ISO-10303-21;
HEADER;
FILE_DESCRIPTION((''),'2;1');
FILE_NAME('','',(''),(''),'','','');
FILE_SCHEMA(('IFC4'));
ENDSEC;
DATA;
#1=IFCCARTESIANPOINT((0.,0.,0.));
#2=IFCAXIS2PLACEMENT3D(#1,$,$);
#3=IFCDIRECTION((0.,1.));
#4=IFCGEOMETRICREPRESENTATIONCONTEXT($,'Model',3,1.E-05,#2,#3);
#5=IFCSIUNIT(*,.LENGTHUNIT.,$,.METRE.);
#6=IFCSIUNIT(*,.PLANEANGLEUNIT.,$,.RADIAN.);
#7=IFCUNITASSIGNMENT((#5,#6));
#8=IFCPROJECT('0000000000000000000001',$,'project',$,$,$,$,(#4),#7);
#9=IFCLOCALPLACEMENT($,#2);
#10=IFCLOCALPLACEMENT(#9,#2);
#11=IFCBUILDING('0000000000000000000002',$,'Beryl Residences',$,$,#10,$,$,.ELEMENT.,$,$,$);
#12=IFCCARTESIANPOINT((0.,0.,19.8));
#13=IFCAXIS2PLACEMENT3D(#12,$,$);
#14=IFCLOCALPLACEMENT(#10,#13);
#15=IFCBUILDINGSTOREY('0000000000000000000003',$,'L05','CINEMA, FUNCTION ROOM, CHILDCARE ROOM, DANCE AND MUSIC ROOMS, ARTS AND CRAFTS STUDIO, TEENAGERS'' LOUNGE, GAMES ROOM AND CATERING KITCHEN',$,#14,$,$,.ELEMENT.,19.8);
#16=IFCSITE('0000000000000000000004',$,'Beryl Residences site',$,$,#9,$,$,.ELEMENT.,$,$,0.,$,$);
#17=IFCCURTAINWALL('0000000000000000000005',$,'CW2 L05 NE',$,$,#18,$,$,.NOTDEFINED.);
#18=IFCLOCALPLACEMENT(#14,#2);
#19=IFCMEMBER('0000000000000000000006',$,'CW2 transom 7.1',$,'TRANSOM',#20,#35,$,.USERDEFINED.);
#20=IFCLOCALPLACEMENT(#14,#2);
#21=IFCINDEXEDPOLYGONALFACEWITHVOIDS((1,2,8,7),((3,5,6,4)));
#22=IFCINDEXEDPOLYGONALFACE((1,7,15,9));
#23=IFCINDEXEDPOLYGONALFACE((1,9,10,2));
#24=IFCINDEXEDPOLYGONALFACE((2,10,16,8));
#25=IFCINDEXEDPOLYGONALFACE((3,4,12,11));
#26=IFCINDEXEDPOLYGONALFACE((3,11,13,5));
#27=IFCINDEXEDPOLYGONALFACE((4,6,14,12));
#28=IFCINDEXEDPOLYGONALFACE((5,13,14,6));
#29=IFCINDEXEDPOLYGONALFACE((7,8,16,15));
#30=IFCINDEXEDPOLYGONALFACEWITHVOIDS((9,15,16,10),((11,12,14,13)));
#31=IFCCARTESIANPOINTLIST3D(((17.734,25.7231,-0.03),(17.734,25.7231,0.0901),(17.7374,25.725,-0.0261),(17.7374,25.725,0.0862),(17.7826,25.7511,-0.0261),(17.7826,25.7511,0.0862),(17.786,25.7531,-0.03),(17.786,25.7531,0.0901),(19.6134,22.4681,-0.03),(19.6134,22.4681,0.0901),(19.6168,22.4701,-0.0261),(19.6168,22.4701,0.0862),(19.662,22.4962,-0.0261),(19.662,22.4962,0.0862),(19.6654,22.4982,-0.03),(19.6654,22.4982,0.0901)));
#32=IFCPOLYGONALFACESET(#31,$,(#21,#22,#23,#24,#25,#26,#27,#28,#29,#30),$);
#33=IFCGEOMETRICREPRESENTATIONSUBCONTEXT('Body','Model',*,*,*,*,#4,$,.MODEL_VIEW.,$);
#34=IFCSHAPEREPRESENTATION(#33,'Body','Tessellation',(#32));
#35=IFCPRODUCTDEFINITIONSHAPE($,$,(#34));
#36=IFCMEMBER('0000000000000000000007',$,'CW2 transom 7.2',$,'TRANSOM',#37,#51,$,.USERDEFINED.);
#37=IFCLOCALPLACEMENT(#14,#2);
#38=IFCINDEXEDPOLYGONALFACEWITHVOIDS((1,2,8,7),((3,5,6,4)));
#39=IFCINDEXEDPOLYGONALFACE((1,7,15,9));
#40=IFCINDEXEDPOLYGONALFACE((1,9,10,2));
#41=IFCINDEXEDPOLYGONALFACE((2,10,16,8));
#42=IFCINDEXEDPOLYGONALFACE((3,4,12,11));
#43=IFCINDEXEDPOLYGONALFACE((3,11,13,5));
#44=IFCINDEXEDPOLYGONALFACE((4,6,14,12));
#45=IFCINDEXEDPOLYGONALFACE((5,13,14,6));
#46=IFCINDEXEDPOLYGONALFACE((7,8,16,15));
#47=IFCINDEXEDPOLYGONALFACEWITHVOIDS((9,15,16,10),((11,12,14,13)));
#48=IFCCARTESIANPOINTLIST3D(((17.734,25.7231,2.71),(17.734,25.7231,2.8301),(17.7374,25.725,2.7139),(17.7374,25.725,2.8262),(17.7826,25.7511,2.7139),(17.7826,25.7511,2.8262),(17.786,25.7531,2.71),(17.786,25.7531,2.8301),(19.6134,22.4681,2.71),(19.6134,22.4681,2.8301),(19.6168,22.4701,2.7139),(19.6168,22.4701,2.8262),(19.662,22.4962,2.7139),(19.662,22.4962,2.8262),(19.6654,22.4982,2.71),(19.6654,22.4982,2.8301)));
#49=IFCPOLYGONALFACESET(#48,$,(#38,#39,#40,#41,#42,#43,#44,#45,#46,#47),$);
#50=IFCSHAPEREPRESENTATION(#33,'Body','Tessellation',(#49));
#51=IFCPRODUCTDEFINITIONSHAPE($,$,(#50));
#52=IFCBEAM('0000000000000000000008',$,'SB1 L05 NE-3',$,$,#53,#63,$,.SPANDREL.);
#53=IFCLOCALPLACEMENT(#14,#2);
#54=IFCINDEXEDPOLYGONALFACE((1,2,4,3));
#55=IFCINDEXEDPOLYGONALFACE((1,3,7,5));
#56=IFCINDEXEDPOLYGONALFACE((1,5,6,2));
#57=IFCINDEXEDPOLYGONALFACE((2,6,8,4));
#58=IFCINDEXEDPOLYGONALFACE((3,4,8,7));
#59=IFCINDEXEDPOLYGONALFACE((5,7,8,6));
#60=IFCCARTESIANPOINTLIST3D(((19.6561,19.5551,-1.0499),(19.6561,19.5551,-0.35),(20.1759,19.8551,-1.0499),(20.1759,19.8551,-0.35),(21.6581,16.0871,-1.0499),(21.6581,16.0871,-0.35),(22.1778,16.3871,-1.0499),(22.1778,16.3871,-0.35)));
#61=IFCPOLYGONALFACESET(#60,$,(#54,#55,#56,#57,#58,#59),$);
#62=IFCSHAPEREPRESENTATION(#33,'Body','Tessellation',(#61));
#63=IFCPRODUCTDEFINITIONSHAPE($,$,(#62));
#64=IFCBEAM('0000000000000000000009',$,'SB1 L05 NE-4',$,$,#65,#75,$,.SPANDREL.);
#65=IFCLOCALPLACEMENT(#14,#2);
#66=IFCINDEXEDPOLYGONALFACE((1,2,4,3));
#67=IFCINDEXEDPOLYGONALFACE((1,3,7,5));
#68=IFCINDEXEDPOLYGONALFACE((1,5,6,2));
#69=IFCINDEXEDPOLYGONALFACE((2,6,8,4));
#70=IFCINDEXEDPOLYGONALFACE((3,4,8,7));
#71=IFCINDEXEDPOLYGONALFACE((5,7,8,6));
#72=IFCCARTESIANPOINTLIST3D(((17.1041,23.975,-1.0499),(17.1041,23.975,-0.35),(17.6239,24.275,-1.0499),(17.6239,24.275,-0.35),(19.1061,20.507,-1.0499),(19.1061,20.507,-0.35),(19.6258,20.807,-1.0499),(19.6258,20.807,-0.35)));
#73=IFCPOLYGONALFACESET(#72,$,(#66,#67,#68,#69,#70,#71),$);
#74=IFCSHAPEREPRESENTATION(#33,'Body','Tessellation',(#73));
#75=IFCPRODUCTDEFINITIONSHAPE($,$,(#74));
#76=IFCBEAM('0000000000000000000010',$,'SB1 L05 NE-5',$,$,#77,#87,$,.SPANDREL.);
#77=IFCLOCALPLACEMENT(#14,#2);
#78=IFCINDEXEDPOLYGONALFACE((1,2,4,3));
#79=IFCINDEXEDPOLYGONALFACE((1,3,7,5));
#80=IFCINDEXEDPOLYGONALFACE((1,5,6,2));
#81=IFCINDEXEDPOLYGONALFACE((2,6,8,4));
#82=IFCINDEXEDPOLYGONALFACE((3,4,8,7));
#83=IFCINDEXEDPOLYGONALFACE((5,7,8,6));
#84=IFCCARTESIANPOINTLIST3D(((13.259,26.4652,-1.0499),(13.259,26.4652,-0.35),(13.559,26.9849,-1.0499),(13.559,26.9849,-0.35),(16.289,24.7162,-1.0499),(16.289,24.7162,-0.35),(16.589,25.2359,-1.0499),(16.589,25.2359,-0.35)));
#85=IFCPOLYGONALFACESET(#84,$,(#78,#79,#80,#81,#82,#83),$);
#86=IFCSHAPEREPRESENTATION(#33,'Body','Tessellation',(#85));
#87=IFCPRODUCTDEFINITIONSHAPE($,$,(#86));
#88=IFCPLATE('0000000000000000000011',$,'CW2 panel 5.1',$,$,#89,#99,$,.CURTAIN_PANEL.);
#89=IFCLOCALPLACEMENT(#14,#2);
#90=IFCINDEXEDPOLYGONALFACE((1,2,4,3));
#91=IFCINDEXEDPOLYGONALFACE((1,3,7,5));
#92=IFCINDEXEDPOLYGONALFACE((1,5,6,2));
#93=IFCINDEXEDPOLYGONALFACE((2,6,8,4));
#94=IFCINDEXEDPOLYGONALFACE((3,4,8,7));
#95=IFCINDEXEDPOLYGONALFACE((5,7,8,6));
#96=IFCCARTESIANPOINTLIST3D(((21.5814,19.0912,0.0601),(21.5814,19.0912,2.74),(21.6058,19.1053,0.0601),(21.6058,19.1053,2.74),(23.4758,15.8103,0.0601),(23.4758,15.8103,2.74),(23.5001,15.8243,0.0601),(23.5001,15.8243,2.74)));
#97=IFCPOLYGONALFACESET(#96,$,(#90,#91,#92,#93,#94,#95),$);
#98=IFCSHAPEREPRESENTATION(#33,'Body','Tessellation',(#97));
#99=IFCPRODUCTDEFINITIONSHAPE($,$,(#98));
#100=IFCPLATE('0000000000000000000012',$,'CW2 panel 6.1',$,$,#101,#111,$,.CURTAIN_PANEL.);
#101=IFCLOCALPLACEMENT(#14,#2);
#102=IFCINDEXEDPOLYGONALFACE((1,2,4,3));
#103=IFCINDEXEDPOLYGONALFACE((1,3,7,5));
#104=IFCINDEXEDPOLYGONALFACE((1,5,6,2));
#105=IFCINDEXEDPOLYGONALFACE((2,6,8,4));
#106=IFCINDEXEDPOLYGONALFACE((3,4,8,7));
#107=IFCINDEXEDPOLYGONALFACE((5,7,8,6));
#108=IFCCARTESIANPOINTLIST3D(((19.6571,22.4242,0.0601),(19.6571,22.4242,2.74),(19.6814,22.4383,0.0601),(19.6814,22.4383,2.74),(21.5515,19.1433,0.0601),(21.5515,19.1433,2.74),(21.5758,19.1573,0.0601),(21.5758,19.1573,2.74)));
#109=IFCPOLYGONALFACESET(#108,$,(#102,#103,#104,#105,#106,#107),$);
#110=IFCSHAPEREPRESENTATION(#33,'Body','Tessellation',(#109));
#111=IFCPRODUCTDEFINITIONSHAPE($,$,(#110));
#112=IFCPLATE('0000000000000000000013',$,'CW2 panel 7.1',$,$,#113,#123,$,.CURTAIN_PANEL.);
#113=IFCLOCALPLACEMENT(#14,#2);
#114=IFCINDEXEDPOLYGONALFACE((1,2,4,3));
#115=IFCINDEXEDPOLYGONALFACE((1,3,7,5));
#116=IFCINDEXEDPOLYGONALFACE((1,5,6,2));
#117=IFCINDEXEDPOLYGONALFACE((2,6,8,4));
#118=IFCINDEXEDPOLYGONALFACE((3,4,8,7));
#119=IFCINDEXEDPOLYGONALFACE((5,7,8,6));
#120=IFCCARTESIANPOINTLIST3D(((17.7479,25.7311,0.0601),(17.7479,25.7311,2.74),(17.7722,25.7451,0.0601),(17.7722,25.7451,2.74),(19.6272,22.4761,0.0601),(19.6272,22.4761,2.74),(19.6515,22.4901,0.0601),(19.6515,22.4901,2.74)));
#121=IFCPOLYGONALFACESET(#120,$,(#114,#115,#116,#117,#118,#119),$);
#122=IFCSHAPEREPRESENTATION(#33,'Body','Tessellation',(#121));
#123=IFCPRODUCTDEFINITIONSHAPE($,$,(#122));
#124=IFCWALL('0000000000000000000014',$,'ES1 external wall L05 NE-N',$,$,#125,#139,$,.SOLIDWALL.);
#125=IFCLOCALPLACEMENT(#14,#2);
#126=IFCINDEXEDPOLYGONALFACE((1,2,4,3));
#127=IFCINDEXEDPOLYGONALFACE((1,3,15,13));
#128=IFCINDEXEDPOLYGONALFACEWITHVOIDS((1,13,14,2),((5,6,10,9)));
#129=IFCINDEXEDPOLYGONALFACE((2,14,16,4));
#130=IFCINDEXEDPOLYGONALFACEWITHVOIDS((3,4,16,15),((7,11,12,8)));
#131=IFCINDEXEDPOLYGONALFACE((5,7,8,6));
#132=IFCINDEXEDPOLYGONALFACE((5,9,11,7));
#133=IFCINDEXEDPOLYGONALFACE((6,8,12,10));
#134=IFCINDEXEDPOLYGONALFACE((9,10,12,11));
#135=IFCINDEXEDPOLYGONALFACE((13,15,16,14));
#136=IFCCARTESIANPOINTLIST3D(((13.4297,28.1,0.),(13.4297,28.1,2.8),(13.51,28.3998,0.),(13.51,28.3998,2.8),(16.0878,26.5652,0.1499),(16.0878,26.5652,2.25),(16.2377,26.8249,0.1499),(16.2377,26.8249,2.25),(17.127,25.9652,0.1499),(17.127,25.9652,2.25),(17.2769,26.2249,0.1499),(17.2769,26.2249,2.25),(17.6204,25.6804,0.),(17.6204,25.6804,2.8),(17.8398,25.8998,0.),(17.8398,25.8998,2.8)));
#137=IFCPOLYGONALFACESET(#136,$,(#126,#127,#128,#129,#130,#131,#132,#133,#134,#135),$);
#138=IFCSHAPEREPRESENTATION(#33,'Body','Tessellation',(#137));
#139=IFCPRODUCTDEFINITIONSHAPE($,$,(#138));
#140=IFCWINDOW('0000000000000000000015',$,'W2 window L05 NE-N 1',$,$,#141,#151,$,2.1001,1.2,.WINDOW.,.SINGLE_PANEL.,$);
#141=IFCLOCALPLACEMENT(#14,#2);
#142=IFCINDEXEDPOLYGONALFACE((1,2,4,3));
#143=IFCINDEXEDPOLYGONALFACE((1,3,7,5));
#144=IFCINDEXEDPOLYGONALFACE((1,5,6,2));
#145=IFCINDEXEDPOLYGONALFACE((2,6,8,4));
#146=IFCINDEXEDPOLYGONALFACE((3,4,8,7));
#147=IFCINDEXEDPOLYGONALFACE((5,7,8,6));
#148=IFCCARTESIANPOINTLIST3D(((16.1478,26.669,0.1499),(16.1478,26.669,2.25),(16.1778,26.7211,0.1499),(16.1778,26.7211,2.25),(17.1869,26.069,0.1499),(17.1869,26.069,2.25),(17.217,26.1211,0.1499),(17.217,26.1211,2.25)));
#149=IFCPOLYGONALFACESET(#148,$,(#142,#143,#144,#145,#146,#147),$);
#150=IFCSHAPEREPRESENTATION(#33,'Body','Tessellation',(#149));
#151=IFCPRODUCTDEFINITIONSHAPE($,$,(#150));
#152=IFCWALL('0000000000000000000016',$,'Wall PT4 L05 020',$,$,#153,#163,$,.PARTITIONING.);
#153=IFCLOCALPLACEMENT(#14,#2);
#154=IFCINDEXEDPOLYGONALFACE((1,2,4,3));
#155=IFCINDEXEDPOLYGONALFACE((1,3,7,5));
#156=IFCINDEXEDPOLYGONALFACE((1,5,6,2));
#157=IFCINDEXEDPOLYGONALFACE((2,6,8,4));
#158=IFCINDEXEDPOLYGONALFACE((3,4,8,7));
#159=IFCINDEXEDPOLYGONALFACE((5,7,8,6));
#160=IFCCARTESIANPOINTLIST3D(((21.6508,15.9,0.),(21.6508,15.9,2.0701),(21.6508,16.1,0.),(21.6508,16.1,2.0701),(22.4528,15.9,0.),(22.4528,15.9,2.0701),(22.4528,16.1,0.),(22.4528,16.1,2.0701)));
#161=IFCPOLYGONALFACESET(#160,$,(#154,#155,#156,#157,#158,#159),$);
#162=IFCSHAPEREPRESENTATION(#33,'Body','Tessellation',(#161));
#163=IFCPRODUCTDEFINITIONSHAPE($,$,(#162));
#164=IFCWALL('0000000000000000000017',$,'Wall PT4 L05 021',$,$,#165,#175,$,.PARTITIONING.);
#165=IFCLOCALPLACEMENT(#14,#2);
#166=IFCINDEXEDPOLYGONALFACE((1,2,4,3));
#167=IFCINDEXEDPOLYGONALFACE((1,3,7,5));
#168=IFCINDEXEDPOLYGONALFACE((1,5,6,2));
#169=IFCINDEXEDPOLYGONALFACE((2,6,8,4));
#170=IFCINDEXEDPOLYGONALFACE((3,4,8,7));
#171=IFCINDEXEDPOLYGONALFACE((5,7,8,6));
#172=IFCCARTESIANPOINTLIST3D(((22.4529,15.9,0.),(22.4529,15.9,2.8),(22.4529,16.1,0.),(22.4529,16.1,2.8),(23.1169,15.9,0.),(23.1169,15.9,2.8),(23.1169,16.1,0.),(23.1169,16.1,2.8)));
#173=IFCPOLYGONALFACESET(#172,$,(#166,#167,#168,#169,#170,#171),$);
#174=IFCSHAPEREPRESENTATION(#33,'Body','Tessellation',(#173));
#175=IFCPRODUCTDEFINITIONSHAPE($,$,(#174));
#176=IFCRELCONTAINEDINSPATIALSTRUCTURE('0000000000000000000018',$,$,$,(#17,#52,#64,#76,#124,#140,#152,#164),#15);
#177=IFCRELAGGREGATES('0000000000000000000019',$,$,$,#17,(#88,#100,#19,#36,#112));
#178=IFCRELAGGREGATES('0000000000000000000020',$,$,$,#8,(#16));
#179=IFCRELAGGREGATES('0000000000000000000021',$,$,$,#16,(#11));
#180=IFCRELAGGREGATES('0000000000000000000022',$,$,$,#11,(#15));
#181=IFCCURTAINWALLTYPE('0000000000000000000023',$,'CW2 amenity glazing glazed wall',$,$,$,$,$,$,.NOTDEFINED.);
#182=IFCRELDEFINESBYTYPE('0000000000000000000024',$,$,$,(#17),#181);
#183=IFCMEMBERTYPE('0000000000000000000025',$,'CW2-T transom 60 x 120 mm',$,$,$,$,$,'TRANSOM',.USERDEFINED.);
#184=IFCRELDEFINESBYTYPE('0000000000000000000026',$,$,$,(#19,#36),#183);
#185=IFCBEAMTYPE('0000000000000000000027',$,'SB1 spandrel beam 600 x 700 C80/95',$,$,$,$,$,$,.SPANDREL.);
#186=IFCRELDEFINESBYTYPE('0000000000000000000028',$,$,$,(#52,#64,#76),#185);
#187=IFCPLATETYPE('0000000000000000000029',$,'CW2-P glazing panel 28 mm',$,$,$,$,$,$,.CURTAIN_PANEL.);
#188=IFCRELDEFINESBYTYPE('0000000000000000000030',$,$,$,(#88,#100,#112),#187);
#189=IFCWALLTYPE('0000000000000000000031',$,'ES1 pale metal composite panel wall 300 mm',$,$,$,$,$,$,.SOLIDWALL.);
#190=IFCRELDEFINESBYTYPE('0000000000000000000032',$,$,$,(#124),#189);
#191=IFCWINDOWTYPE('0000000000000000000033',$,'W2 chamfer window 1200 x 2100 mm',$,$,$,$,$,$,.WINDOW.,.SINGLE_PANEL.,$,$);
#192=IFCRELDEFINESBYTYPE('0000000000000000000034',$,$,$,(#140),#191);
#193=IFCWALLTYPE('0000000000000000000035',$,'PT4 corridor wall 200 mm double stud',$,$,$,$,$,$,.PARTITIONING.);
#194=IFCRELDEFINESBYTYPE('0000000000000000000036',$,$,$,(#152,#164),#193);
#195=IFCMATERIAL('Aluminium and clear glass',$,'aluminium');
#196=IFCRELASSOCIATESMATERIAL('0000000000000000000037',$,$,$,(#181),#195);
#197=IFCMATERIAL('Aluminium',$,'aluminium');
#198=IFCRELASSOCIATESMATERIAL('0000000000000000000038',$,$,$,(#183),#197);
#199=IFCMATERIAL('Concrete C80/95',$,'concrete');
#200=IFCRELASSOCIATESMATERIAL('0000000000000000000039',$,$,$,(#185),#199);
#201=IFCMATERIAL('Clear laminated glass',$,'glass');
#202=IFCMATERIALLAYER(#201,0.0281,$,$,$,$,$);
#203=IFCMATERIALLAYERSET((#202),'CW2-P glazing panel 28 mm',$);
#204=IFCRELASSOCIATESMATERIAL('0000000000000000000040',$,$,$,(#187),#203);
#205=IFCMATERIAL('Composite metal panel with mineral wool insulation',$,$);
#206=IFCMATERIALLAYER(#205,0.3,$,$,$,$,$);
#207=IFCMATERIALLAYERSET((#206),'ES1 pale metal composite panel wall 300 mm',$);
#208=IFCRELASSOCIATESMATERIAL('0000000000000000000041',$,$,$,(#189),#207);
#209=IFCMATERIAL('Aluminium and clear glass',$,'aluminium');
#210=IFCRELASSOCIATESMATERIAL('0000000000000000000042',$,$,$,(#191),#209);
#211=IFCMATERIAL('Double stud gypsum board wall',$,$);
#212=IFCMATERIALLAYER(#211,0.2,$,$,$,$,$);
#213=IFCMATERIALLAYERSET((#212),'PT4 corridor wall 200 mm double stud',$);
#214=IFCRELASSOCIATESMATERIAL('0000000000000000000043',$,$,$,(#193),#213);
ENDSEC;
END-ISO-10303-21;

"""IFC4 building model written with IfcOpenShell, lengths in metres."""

from ifc_helpers import new_model, si_unit, direction, frame, frame_2d, origin, origin_2d, place, context, subcontext, project, spatial, polyline, rectangle, hollow_rectangle, outline, extrude, material, layer, layer_set, material_profile, profile_set, type_object, element, fill, aggregate, save


model = new_model("IFC4")

# Units and contexts
model_context = context("Model", 3, precision=1e-05, world=origin(), true_north=direction((0.0, 1.0)))
body_context = subcontext(model_context, "Body", "Model", "MODEL_VIEW")
ifc_project = project(units=[si_unit("LENGTHUNIT", "METRE"), si_unit("PLANEANGLEUNIT", "RADIAN")], contexts=[model_context])

# Site, building, storey
site_placement = place(None, origin())
site = spatial("IfcSite", under=ifc_project, at=site_placement, Name="Beryl Residences site", CompositionType="ELEMENT", RefElevation=0.0)
building_placement = place(site_placement, origin())
building = spatial("IfcBuilding", under=site, at=building_placement, Name="Beryl Residences", CompositionType="ELEMENT")
storey_placement = place(building_placement, frame((0.0, 0.0, 19.8)))
storey = spatial("IfcBuildingStorey", under=building, at=storey_placement, Name="L05", Description="CINEMA, FUNCTION ROOM, CHILDCARE ROOM, DANCE AND MUSIC ROOMS, ARTS AND CRAFTS STUDIO, TEENAGERS' LOUNGE, GAMES ROOM AND CATERING KITCHEN", CompositionType="ELEMENT", Elevation=19.8)

# Shared definitions
ifc_material_1 = material(Name="Aluminium and clear glass", Category="aluminium")
curtain_wall_type = type_object("IfcCurtainWallType", Name="CW2 amenity glazing glazed wall", PredefinedType="NOTDEFINED", material=ifc_material_1)

# Curtain wall
curtain_wall_1_placement = place(storey_placement, origin())
curtain_wall_1 = element("IfcCurtainWall", 1, at=curtain_wall_1_placement, inside=storey, type_object=curtain_wall_type, Name="CW2 L05 NE", PredefinedType="NOTDEFINED")

# Members
ifc_material_2 = material(Name="Aluminium", Category="aluminium")
ifc_material_profile_1 = material_profile(ifc_material_2, hollow_rectangle(XDim=0.0601, YDim=0.1201, WallThickness=0.0039, at=origin_2d()))
ifc_profile_set_1 = profile_set([ifc_material_profile_1], Name="Aluminium")
member_type_1 = type_object("IfcMemberType", Name="CW2-T transom 60 x 120 mm", ElementType="TRANSOM", PredefinedType="USERDEFINED", material=ifc_profile_set_1)
member_1_placement = place(storey_placement, frame((19.6394, 22.4832, 0.03), z_axis=(-0.500037, 0.866004, 0.0), x_axis=(-0.866004, -0.500037, 0.0)))
member_1 = element("IfcMember", 2, at=member_1_placement, type_object=member_type_1, Name="CW2 transom 7.1", ObjectType="TRANSOM", PredefinedType="USERDEFINED", context=body_context, shape_type="SweptSolid", body=[
    extrude(hollow_rectangle(XDim=0.0601, YDim=0.1201, WallThickness=0.0039, at=origin_2d()), origin(), (0.0, 0.0, 1.0), 3.7585),
])
member_2_placement = place(storey_placement, frame((19.6394, 22.4832, 2.77), z_axis=(-0.500037, 0.866004, 0.0), x_axis=(-0.866004, -0.500037, 0.0)))
member_2 = element("IfcMember", 3, at=member_2_placement, type_object=member_type_1, Name="CW2 transom 7.2", ObjectType="TRANSOM", PredefinedType="USERDEFINED", context=body_context, shape_type="SweptSolid", body=[
    extrude(hollow_rectangle(XDim=0.0601, YDim=0.1201, WallThickness=0.0039, at=origin_2d()), origin(), (0.0, 0.0, 1.0), 3.7585),
])

# Beams
ifc_material_3 = material(Name="Concrete C80/95", Category="concrete")
ifc_material_profile_2 = material_profile(ifc_material_3, rectangle(XDim=0.6001, YDim=0.7, at=origin_2d()))
ifc_profile_set_2 = profile_set([ifc_material_profile_2], Name="Concrete C80/95")
beam_type = type_object("IfcBeamType", Name="SB1 spandrel beam 600 x 700 C80/95", PredefinedType="SPANDREL", material=ifc_profile_set_2)
for number, where, z_axis, x_axis, name in (
    (4, (21.918, 16.2371, -0.7), (-0.499942, 0.866059, 0.0), (-0.866059, -0.499942, 0.0), "SB1 L05 NE-3"),
    (5, (19.366, 20.657, -0.7), (-0.499942, 0.866059, 0.0), (-0.866059, -0.499942, 0.0), "SB1 L05 NE-4"),
):
    element("IfcBeam", number, at=place(storey_placement, frame(where, z_axis=z_axis, x_axis=x_axis)), inside=storey, type_object=beam_type, Name=name, PredefinedType="SPANDREL", context=body_context, shape_type="SweptSolid", body=[
        extrude(rectangle(XDim=0.6001, YDim=0.7, at=origin_2d()), origin(), (0.0, 0.0, 1.0), 4.0044),
    ])
beam_placement = place(storey_placement, frame((16.439, 24.9761, -0.7), z_axis=(-0.866071, 0.499922, 0.0), x_axis=(-0.499922, -0.866071, 0.0)))
element("IfcBeam", 6, at=beam_placement, inside=storey, type_object=beam_type, Name="SB1 L05 NE-5", PredefinedType="SPANDREL", context=body_context, shape_type="SweptSolid", body=[
    extrude(rectangle(XDim=0.6001, YDim=0.7, at=origin_2d()), origin(), (0.0, 0.0, 1.0), 3.4985),
])

# Plates
ifc_material_4 = material(Name="Clear laminated glass", Category="glass")
ifc_layer_1 = layer(ifc_material_4, 0.0281)
ifc_layer_set_1 = layer_set([ifc_layer_1], Name="CW2-P glazing panel 28 mm")
plate_type = type_object("IfcPlateType", Name="CW2-P glazing panel 28 mm", PredefinedType="CURTAIN_PANEL", material=ifc_layer_set_1)
plate_1_placement = place(storey_placement, frame((22.5408, 17.4578, 0.0601), z_axis=(0.0, 0.0, 1.0), x_axis=(-0.500012, 0.866019, 0.0)))
plate_1 = element("IfcPlate", 7, at=plate_1_placement, type_object=plate_type, Name="CW2 panel 5.1", PredefinedType="CURTAIN_PANEL", context=body_context, shape_type="SweptSolid", body=[
    extrude(rectangle(XDim=3.7886, YDim=0.0281, at=origin_2d()), origin(), (0.0, 0.0, 1.0), 2.6799),
])
plate_2_placement = place(storey_placement, frame((20.6165, 20.7908, 0.0601), z_axis=(0.0, 0.0, 1.0), x_axis=(-0.500012, 0.866019, 0.0)))
plate_2 = element("IfcPlate", 8, at=plate_2_placement, type_object=plate_type, Name="CW2 panel 6.1", PredefinedType="CURTAIN_PANEL", context=body_context, shape_type="SweptSolid", body=[
    extrude(rectangle(XDim=3.7886, YDim=0.0281, at=origin_2d()), origin(), (0.0, 0.0, 1.0), 2.6799),
])
plate_3_placement = place(storey_placement, frame((18.6997, 24.1106, 0.0601), z_axis=(0.0, 0.0, 1.0), x_axis=(-0.500012, 0.866019, 0.0)))
plate_3 = element("IfcPlate", 9, at=plate_3_placement, type_object=plate_type, Name="CW2 panel 7.1", PredefinedType="CURTAIN_PANEL", context=body_context, shape_type="SweptSolid", body=[
    extrude(rectangle(XDim=3.7585, YDim=0.0281, at=origin_2d()), origin(), (0.0, 0.0, 1.0), 2.6799),
])
aggregate(curtain_wall_1, [plate_1, plate_2, member_1, member_2, plate_3])

# Wall, opening, window
ifc_material_5 = material(Name="Composite metal panel with mineral wool insulation")
ifc_layer_2 = layer(ifc_material_5, 0.3)
ifc_layer_set_2 = layer_set([ifc_layer_2], Name="ES1 pale metal composite panel wall 300 mm")
wall_type_1 = type_object("IfcWallType", Name="ES1 pale metal composite panel wall 300 mm", PredefinedType="SOLIDWALL", material=ifc_layer_set_2)
wall_1_placement = place(storey_placement, frame((17.7649, 25.77, 0.0), z_axis=(0.0, 0.0, 1.0), x_axis=(-0.866011, 0.500025, 0.0)))
wall_1 = element("IfcWall", 10, at=wall_1_placement, inside=storey, type_object=wall_type_1, Name="ES1 external wall L05 NE-N", PredefinedType="SOLIDWALL", context=body_context, shape_type="SweptSolid", body=[
    extrude(outline(polyline([(0.0, -0.1499), (4.9998, -0.1499), (4.9194, 0.1499), (0.0803, 0.1499), (0.0, -0.1499)])), origin(), (0.0, 0.0, 1.0), 2.8),
])
opening_placement = place(wall_1_placement, frame((0.6499, 0.0, 0.1499)))
opening = element("IfcOpeningElement", 11, at=opening_placement, cuts=wall_1, PredefinedType="OPENING", context=body_context, shape_type="SweptSolid", body=[
    extrude(rectangle(XDim=1.2, YDim=2.1001, at=frame_2d((0.6001, 1.05))), frame((0.0, 0.1599, 0.0), z_axis=(0.0, -1.0, 0.0), x_axis=(1.0, 0.0, 0.0)), (0.0, 0.0, 1.0), 0.3201),
])
ifc_material_6 = material(Name="Aluminium and clear glass", Category="aluminium")
window_type = type_object("IfcWindowType", Name="W2 chamfer window 1200 x 2100 mm", PartitioningType="SINGLE_PANEL", PredefinedType="WINDOW", material=ifc_material_6)
window_placement = place(opening_placement, origin())
window = element("IfcWindow", 12, at=window_placement, inside=storey, type_object=window_type, Name="W2 window L05 NE-N 1", OverallHeight=2.1001, OverallWidth=1.2, PartitioningType="SINGLE_PANEL", PredefinedType="WINDOW", context=body_context, shape_type="SweptSolid", body=[
    extrude(rectangle(XDim=1.2, YDim=2.1001, at=frame_2d((0.6001, 1.05))), frame((0.0, 0.03, 0.0), z_axis=(0.0, -1.0, 0.0), x_axis=(1.0, 0.0, 0.0)), (0.0, 0.0, 1.0), 0.0601),
])
fill(opening, window)

# Walls
ifc_material_7 = material(Name="Double stud gypsum board wall")
ifc_layer_3 = layer(ifc_material_7, 0.2)
ifc_layer_set_3 = layer_set([ifc_layer_3], Name="PT4 corridor wall 200 mm double stud")
wall_type_2 = type_object("IfcWallType", Name="PT4 corridor wall 200 mm double stud", PredefinedType="PARTITIONING", material=ifc_layer_set_3)
wall_2_placement = place(storey_placement, frame((21.6509, 16.0, 0.0), z_axis=(0.0, 0.0, 1.0), x_axis=(1.0, 0.0, 0.0)))
element("IfcWall", 13, at=wall_2_placement, inside=storey, type_object=wall_type_2, Name="Wall PT4 L05 020", PredefinedType="PARTITIONING", context=body_context, shape_type="SweptSolid", body=[
    extrude(rectangle(XDim=0.802, YDim=0.2, at=frame_2d((0.4009, 0.0))), origin(), (0.0, 0.0, 1.0), 2.0701),
])
wall_3_placement = place(storey_placement, frame((22.4529, 16.0, 0.0), z_axis=(0.0, 0.0, 1.0), x_axis=(1.0, 0.0, 0.0)))
element("IfcWall", 14, at=wall_3_placement, inside=storey, type_object=wall_type_2, Name="Wall PT4 L05 021", PredefinedType="PARTITIONING", context=body_context, shape_type="SweptSolid", body=[
    extrude(rectangle(XDim=0.6641, YDim=0.2, at=frame_2d((0.332, 0.0))), origin(), (0.0, 0.0, 1.0), 2.8),
])

save(model, "model.ifc")
